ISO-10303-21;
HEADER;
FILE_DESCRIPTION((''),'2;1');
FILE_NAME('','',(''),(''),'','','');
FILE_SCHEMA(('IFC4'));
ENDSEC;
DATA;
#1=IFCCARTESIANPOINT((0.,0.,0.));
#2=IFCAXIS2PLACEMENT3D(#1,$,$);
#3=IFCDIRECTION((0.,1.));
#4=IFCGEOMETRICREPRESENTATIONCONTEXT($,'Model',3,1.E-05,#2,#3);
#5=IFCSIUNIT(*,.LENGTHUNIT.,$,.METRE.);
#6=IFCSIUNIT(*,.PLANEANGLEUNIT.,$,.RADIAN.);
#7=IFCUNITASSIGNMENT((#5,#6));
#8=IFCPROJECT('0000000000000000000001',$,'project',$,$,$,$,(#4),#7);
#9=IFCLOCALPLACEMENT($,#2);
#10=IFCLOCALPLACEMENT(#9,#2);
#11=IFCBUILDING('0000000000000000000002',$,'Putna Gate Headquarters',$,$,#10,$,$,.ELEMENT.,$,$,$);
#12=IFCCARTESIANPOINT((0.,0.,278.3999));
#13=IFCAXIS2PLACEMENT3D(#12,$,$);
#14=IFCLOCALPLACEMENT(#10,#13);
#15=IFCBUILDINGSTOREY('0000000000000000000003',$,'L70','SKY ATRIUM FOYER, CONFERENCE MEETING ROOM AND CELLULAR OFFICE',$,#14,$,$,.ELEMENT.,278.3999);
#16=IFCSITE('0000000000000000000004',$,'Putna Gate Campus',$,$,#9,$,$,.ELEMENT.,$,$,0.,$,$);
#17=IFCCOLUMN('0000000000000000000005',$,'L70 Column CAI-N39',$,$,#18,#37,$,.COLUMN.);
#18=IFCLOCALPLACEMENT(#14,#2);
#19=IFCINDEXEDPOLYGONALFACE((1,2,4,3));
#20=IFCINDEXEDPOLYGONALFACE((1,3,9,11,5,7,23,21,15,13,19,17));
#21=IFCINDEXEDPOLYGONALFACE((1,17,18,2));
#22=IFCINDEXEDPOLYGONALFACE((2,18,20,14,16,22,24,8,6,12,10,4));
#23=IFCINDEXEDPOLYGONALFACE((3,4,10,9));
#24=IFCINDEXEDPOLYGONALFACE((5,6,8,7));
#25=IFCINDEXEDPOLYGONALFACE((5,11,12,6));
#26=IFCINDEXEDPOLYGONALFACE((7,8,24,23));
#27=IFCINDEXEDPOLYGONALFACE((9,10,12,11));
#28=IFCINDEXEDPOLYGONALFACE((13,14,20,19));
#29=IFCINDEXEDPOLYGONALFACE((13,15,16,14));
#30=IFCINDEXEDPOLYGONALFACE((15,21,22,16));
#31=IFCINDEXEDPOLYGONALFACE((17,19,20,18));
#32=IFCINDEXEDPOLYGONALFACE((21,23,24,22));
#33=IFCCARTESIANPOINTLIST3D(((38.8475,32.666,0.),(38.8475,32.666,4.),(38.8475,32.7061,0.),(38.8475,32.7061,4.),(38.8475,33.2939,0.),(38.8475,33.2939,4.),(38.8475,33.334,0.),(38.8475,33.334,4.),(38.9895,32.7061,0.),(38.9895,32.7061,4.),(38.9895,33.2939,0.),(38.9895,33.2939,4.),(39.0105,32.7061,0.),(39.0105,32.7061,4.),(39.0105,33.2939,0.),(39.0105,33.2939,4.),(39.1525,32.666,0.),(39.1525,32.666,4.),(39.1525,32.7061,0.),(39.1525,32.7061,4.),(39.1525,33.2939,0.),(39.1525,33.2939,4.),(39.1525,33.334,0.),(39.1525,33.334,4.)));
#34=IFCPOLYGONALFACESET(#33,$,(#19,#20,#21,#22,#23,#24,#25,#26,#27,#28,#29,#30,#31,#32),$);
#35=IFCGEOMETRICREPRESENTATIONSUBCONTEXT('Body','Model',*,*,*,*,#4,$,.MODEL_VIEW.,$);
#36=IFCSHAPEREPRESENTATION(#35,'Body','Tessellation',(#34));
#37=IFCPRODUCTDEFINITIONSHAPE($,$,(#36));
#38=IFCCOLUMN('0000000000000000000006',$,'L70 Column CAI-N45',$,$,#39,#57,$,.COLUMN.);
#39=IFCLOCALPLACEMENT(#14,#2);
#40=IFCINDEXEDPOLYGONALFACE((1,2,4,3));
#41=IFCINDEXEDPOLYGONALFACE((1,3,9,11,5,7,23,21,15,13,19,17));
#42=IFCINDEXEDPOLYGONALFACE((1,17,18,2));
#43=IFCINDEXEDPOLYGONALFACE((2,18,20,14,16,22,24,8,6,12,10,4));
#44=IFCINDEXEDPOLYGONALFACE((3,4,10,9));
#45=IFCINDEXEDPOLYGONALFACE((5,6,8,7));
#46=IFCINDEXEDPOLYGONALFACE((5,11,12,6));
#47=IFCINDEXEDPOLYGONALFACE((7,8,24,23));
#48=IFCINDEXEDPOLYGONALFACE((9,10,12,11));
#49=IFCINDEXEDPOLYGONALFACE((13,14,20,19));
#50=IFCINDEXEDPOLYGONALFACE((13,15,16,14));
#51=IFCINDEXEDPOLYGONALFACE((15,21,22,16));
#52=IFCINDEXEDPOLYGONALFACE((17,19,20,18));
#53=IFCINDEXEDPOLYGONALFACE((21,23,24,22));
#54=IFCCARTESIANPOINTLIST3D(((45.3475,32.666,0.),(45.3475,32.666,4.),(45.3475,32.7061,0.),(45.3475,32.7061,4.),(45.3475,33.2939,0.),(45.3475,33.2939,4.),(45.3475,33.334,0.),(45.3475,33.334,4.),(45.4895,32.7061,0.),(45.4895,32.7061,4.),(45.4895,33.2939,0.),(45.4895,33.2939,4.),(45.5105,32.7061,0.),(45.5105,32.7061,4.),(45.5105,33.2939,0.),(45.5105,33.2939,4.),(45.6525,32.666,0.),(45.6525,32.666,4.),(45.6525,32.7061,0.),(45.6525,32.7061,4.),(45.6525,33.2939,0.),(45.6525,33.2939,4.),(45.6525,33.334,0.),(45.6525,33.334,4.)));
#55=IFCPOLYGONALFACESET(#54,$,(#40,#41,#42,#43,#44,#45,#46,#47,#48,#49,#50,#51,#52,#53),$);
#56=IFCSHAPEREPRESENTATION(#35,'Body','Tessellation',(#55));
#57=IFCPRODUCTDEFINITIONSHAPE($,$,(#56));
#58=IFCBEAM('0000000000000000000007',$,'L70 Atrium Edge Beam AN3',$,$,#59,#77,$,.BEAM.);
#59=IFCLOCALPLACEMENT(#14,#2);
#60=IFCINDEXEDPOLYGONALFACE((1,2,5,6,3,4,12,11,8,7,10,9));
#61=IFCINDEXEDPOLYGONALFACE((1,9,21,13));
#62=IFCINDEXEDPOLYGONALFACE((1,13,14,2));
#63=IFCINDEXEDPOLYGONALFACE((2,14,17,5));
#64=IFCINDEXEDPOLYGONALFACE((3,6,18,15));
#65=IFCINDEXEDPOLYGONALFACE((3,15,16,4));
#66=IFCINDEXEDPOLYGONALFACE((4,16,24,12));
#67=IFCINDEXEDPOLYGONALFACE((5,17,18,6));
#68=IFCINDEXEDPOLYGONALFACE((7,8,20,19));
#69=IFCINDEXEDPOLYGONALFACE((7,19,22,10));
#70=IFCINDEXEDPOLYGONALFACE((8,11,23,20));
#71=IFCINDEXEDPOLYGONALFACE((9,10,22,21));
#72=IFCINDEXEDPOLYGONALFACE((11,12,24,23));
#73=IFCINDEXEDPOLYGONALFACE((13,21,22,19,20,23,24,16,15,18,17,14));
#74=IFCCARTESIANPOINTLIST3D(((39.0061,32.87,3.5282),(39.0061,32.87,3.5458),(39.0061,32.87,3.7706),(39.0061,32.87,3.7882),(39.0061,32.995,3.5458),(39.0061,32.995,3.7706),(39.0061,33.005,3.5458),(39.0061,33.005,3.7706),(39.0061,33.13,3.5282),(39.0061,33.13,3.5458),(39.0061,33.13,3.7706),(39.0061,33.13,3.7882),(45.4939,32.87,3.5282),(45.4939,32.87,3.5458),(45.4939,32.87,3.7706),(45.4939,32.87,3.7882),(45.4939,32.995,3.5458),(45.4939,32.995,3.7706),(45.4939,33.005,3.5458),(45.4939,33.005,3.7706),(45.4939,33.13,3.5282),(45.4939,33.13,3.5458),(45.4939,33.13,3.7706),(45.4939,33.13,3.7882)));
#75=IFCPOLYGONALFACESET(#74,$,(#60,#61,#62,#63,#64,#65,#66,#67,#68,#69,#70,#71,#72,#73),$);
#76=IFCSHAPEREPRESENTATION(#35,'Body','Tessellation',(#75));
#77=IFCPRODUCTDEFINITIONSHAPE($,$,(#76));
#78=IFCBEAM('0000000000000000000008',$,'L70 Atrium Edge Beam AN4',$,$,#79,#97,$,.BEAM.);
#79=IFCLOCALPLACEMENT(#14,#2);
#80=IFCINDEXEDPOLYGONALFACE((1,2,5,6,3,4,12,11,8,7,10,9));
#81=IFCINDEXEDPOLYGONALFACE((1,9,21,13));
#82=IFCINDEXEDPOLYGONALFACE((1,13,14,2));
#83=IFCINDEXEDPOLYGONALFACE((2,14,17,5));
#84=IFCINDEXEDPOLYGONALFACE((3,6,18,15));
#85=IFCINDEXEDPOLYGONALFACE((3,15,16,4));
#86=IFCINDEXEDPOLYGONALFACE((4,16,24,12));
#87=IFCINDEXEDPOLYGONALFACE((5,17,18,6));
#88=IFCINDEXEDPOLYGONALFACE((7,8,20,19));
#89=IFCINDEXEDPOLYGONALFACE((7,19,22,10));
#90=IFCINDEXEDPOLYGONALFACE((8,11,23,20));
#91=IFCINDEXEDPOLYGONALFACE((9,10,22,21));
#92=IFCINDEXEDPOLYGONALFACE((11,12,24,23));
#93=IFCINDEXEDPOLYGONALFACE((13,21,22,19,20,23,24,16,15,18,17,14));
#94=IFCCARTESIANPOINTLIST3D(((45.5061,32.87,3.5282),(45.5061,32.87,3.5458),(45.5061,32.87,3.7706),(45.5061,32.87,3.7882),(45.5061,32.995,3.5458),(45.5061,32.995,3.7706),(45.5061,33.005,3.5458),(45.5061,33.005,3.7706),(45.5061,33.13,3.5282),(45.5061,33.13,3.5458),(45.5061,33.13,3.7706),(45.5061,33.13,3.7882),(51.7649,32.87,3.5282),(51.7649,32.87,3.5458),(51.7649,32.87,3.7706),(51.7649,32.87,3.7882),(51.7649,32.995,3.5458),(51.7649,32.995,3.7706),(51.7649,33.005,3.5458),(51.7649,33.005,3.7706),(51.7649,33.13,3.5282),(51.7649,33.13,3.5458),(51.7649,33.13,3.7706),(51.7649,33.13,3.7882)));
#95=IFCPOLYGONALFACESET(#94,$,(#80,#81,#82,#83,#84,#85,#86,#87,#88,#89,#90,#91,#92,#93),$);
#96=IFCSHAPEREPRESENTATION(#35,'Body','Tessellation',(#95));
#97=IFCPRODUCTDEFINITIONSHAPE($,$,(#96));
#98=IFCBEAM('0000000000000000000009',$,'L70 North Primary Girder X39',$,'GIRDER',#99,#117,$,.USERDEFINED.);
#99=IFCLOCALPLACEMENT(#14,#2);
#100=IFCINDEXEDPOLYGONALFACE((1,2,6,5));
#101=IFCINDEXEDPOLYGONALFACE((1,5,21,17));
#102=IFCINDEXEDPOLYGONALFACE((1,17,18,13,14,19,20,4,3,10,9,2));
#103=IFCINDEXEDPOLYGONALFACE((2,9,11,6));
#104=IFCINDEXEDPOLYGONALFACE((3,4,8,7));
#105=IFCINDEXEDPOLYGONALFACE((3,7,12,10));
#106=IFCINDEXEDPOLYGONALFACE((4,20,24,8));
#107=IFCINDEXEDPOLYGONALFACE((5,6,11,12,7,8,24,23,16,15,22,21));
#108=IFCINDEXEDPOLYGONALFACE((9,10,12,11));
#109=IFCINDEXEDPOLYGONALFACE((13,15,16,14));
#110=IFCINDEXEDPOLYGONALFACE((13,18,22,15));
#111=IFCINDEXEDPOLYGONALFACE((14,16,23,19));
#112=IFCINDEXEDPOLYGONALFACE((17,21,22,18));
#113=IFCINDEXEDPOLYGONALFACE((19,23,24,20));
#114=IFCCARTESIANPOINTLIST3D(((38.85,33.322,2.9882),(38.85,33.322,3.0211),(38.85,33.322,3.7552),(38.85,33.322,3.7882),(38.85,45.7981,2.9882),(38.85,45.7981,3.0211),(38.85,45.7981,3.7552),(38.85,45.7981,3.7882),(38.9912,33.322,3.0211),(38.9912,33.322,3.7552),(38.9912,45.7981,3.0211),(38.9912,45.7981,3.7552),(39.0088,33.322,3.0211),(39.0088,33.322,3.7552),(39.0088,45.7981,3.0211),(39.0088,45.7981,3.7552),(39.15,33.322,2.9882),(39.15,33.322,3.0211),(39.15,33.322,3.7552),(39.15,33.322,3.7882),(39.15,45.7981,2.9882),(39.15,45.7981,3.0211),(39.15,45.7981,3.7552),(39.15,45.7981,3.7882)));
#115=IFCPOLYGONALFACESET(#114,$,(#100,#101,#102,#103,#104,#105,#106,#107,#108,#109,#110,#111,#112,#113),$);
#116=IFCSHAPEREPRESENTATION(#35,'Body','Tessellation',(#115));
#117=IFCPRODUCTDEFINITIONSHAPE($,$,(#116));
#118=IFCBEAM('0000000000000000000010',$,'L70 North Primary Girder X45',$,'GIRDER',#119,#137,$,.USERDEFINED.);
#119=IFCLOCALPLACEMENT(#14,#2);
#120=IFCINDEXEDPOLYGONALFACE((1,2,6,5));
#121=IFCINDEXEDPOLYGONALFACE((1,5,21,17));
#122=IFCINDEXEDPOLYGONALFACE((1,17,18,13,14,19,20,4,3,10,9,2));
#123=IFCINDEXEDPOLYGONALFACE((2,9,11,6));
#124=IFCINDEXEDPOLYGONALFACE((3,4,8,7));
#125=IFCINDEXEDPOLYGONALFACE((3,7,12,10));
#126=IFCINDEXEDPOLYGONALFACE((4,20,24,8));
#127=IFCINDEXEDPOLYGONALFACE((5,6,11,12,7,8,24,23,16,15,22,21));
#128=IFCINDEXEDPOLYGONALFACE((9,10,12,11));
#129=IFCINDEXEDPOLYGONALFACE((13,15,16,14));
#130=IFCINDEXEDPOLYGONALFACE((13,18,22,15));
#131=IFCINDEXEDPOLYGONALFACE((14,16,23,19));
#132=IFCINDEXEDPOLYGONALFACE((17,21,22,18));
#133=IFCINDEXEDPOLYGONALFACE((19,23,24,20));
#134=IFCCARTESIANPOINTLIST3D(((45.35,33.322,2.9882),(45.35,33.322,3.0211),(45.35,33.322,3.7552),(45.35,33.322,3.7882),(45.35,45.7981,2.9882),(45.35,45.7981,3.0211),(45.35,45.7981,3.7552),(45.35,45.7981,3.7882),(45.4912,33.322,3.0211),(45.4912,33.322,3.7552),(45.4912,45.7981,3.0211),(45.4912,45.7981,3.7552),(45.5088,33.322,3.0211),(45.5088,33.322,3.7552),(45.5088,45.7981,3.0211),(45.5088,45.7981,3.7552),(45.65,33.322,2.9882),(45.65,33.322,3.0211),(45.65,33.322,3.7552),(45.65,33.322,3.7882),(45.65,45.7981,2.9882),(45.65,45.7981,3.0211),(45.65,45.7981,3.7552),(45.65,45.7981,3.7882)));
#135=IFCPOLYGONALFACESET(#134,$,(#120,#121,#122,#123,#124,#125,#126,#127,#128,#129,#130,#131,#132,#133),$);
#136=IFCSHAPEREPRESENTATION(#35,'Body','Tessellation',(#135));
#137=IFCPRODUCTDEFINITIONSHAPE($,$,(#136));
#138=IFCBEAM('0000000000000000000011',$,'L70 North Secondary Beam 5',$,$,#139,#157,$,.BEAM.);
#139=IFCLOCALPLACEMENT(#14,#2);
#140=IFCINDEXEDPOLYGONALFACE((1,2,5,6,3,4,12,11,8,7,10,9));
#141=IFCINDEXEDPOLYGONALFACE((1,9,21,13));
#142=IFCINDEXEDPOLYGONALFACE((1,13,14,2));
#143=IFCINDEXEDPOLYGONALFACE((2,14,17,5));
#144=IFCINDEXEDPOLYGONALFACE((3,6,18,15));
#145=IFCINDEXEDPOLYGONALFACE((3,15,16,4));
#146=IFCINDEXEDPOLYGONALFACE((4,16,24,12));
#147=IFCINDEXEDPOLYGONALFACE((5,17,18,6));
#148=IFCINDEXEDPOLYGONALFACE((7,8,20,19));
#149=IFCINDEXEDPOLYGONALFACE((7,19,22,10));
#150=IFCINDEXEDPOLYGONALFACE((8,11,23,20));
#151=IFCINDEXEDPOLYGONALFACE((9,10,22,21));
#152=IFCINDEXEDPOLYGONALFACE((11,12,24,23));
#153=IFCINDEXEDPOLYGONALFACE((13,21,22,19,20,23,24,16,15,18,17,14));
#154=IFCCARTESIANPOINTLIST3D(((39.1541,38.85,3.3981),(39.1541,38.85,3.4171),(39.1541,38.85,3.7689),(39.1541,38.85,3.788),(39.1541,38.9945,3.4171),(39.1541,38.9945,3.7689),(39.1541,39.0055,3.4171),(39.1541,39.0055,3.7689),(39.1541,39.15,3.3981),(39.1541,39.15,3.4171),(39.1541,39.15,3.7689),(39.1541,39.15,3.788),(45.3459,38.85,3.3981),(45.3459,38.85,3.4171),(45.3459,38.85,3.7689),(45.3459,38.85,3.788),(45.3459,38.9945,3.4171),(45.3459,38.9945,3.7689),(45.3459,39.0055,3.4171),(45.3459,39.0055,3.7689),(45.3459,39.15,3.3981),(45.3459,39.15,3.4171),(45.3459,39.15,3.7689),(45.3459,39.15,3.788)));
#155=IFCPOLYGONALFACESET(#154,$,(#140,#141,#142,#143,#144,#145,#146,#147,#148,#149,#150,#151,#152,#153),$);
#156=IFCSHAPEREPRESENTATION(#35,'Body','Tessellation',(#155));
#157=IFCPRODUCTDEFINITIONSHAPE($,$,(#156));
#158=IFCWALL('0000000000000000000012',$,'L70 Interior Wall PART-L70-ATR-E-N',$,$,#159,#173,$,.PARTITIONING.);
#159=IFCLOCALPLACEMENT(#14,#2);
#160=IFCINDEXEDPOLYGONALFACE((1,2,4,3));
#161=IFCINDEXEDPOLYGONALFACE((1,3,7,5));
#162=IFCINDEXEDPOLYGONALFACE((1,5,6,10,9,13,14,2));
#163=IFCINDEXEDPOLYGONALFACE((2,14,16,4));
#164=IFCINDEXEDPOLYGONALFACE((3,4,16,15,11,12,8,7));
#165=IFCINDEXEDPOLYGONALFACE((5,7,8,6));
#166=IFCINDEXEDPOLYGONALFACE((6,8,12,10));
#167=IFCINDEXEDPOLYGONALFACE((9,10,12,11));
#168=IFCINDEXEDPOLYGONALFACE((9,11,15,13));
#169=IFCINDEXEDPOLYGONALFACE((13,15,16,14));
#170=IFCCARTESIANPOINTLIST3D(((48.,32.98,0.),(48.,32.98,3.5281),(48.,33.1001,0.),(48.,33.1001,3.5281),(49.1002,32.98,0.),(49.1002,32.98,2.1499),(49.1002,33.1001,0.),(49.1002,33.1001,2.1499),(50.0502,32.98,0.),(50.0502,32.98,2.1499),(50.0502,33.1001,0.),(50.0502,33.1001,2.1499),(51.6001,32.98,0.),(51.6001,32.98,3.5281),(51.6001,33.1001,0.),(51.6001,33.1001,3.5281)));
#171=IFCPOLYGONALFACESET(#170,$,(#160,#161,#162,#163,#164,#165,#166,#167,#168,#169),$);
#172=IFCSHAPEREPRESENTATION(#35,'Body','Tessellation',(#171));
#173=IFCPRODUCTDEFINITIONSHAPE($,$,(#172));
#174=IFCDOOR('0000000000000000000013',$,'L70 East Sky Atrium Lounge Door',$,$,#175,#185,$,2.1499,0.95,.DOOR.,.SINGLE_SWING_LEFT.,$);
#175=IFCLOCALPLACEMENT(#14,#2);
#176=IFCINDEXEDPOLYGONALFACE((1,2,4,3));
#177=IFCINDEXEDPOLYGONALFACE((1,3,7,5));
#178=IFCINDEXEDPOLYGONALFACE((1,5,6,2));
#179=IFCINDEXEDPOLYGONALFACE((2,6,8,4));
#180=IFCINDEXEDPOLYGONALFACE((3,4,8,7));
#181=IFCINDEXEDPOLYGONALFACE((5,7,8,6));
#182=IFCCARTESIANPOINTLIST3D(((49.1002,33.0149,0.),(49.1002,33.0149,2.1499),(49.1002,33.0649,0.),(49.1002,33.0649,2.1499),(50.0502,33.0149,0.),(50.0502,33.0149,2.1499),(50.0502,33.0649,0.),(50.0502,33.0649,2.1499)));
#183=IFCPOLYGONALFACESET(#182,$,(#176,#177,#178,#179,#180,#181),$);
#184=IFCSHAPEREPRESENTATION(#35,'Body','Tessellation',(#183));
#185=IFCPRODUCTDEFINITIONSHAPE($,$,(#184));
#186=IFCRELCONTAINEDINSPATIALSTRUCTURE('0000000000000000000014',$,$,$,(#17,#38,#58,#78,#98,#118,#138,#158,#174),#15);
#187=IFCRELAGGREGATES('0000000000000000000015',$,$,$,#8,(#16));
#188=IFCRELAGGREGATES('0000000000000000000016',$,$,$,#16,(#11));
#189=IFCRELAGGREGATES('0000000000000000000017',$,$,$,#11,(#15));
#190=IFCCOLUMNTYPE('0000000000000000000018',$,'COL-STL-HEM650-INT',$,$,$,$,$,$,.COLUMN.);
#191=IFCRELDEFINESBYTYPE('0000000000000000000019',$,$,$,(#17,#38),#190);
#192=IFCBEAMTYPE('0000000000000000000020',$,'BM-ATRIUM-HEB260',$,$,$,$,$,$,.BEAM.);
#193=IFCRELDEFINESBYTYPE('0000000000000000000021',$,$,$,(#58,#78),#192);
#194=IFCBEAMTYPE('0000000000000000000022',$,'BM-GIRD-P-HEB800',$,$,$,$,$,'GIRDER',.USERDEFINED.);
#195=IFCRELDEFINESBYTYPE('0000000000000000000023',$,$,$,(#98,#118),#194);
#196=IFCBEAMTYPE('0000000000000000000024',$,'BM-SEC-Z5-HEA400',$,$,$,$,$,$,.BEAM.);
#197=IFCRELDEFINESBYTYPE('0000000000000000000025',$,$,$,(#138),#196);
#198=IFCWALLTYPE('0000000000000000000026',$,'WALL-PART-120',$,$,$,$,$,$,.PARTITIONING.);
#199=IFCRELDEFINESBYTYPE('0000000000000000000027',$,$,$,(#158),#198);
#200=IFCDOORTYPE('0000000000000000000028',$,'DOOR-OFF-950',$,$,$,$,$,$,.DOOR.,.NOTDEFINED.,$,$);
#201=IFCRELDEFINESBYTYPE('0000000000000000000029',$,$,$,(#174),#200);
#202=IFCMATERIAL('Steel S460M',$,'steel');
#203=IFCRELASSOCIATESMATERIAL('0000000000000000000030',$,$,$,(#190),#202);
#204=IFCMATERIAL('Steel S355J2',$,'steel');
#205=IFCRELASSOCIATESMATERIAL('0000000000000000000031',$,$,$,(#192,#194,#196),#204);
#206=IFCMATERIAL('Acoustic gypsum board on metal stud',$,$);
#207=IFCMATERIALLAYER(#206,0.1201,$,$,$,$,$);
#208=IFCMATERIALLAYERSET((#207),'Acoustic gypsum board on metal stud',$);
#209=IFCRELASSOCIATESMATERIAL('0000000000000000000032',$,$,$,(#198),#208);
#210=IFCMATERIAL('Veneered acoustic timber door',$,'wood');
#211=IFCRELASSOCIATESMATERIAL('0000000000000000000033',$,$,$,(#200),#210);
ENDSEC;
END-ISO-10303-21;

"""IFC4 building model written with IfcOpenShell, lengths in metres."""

from ifc_helpers import new_model, si_unit, direction, frame, frame_2d, origin, origin_2d, place, context, subcontext, project, spatial, rectangle, i_section, extrude, material, layer, layer_set, material_profile, profile_set, type_object, element, fill, save


model = new_model("IFC4")

# Units and contexts
model_context = context("Model", 3, precision=1e-05, world=origin(), true_north=direction((0.0, 1.0)))
body_context = subcontext(model_context, "Body", "Model", "MODEL_VIEW")
ifc_project = project(units=[si_unit("LENGTHUNIT", "METRE"), si_unit("PLANEANGLEUNIT", "RADIAN")], contexts=[model_context])

# Site, building, storey
site_placement = place(None, origin())
site = spatial("IfcSite", under=ifc_project, at=site_placement, Name="Putna Gate Campus", CompositionType="ELEMENT", RefElevation=0.0)
building_placement = place(site_placement, origin())
building = spatial("IfcBuilding", under=site, at=building_placement, Name="Putna Gate Headquarters", CompositionType="ELEMENT")
storey_placement = place(building_placement, frame((0.0, 0.0, 278.3999)))
storey = spatial("IfcBuildingStorey", under=building, at=storey_placement, Name="L70", Description="SKY ATRIUM FOYER, CONFERENCE MEETING ROOM AND CELLULAR OFFICE", CompositionType="ELEMENT", Elevation=278.3999)

# Columns
ifc_material_1 = material(Name="Steel S460M", Category="steel")
ifc_material_profile_1 = material_profile(ifc_material_1, i_section(OverallWidth=0.3049, OverallDepth=0.668, WebThickness=0.021, FlangeThickness=0.04, at=origin_2d()), Name="Steel S460M")
ifc_profile_set_1 = profile_set([ifc_material_profile_1], Name="Steel S460M")
column_type = type_object("IfcColumnType", Name="COL-STL-HEM650-INT", PredefinedType="COLUMN", material=ifc_profile_set_1)
for number, where, z_axis, x_axis, name in (
    (1, (39.0, 33.0, 0.0), (0.0, 0.0, 1.0), (1.0, 0.0, 0.0), "L70 Column CAI-N39"),
    (2, (45.5, 33.0, 0.0), (0.0, 0.0, 1.0), (1.0, 0.0, 0.0), "L70 Column CAI-N45"),
):
    element("IfcColumn", number, at=place(storey_placement, frame(where, z_axis=z_axis, x_axis=x_axis)), inside=storey, type_object=column_type, Name=name, PredefinedType="COLUMN", context=body_context, shape_type="SweptSolid", body=[
        extrude(i_section(OverallWidth=0.3049, OverallDepth=0.668, WebThickness=0.021, FlangeThickness=0.04, at=origin_2d()), origin(), (0.0, 0.0, 1.0), 4.0),
    ])

# Beams
ifc_material_2 = material(Name="Steel S355J2", Category="steel")
ifc_material_profile_2 = material_profile(ifc_material_2, i_section(OverallWidth=0.26, OverallDepth=0.26, WebThickness=0.01, FlangeThickness=0.0176, at=origin_2d()), Name="Steel S355J2")
ifc_profile_set_2 = profile_set([ifc_material_profile_2], Name="Steel S355J2")
beam_type_1 = type_object("IfcBeamType", Name="BM-ATRIUM-HEB260", PredefinedType="BEAM", material=ifc_profile_set_2)
beam_1_placement = place(storey_placement, frame((39.0061, 33.0, 3.6582), z_axis=(1.0, 0.0, 0.0), x_axis=(0.0, 1.0, 0.0)))
element("IfcBeam", 3, at=beam_1_placement, inside=storey, type_object=beam_type_1, Name="L70 Atrium Edge Beam AN3", PredefinedType="BEAM", context=body_context, shape_type="SweptSolid", body=[
    extrude(i_section(OverallWidth=0.26, OverallDepth=0.26, WebThickness=0.01, FlangeThickness=0.0176, at=origin_2d()), origin(), (0.0, 0.0, 1.0), 6.4878),
])
beam_2_placement = place(storey_placement, frame((45.5061, 33.0, 3.6582), z_axis=(1.0, 0.0, 0.0), x_axis=(0.0, 1.0, 0.0)))
element("IfcBeam", 4, at=beam_2_placement, inside=storey, type_object=beam_type_1, Name="L70 Atrium Edge Beam AN4", PredefinedType="BEAM", context=body_context, shape_type="SweptSolid", body=[
    extrude(i_section(OverallWidth=0.26, OverallDepth=0.26, WebThickness=0.01, FlangeThickness=0.0176, at=origin_2d()), origin(), (0.0, 0.0, 1.0), 6.2588),
])
ifc_material_profile_3 = material_profile(ifc_material_2, i_section(OverallWidth=0.3, OverallDepth=0.8, WebThickness=0.0176, FlangeThickness=0.033, at=origin_2d()), Name="Steel S355J2")
ifc_profile_set_3 = profile_set([ifc_material_profile_3], Name="Steel S355J2")
beam_type_2 = type_object("IfcBeamType", Name="BM-GIRD-P-HEB800", ElementType="GIRDER", PredefinedType="USERDEFINED", material=ifc_profile_set_3)
for number, where, z_axis, x_axis, name in (
    (5, (39.0, 33.322, 3.3882), (0.0, 1.0, 0.0), (-1.0, 0.0, 0.0), "L70 North Primary Girder X39"),
    (6, (45.5, 33.322, 3.3882), (0.0, 1.0, 0.0), (-1.0, 0.0, 0.0), "L70 North Primary Girder X45"),
):
    element("IfcBeam", number, at=place(storey_placement, frame(where, z_axis=z_axis, x_axis=x_axis)), inside=storey, type_object=beam_type_2, Name=name, ObjectType="GIRDER", PredefinedType="USERDEFINED", context=body_context, shape_type="SweptSolid", body=[
        extrude(i_section(OverallWidth=0.3, OverallDepth=0.8, WebThickness=0.0176, FlangeThickness=0.033, at=origin_2d()), origin(), (0.0, 0.0, 1.0), 12.4761),
    ])
ifc_material_profile_4 = material_profile(ifc_material_2, i_section(OverallWidth=0.3, OverallDepth=0.3899, WebThickness=0.011, FlangeThickness=0.019, at=origin_2d()), Name="Steel S355J2")
ifc_profile_set_4 = profile_set([ifc_material_profile_4], Name="Steel S355J2")
beam_type_3 = type_object("IfcBeamType", Name="BM-SEC-Z5-HEA400", PredefinedType="BEAM", material=ifc_profile_set_4)
beam_3_placement = place(storey_placement, frame((39.1541, 39.0, 3.593), z_axis=(1.0, 0.0, 0.0), x_axis=(0.0, 1.0, 0.0)))
element("IfcBeam", 7, at=beam_3_placement, inside=storey, type_object=beam_type_3, Name="L70 North Secondary Beam 5", PredefinedType="BEAM", context=body_context, shape_type="SweptSolid", body=[
    extrude(i_section(OverallWidth=0.3, OverallDepth=0.3899, WebThickness=0.011, FlangeThickness=0.019, at=origin_2d()), origin(), (0.0, 0.0, 1.0), 6.1919),
])

# Wall, opening, door
ifc_material_3 = material(Name="Acoustic gypsum board on metal stud")
ifc_layer_1 = layer(ifc_material_3, 0.1201)
ifc_layer_set_1 = layer_set([ifc_layer_1], Name="Acoustic gypsum board on metal stud")
wall_type_1 = type_object("IfcWallType", Name="WALL-PART-120", PredefinedType="PARTITIONING", material=ifc_layer_set_1)
wall_1_placement = place(storey_placement, frame((48.0, 33.04, 0.0), z_axis=(0.0, 0.0, 1.0), x_axis=(1.0, 0.0, 0.0)))
wall_1 = element("IfcWall", 8, at=wall_1_placement, inside=storey, type_object=wall_type_1, Name="L70 Interior Wall PART-L70-ATR-E-N", PredefinedType="PARTITIONING", context=body_context, shape_type="SweptSolid", body=[
    extrude(rectangle(XDim=3.6001, YDim=0.1201, at=frame_2d((1.8, 0.0))), origin(), (0.0, 0.0, 1.0), 3.5281),
])
opening_1_placement = place(wall_1_placement, frame((1.1001, 0.0, 0.0)))
opening_1 = element("IfcOpeningElement", 9, at=opening_1_placement, cuts=wall_1, PredefinedType="OPENING", context=body_context, shape_type="SweptSolid", body=[
    extrude(rectangle(XDim=0.95, YDim=2.1499, at=frame_2d((0.4751, 1.075))), frame((0.0, 0.0701, 0.0), z_axis=(0.0, -1.0, 0.0), x_axis=(1.0, 0.0, 0.0)), (0.0, 0.0, 1.0), 0.1401),
])
ifc_material_4 = material(Name="Veneered acoustic timber door", Category="wood")
door_type_1 = type_object("IfcDoorType", Name="DOOR-OFF-950", OperationType="NOTDEFINED", PredefinedType="DOOR", material=ifc_material_4)
door_1_placement = place(opening_1_placement, origin())
door_1 = element("IfcDoor", 10, at=door_1_placement, inside=storey, type_object=door_type_1, Name="L70 East Sky Atrium Lounge Door", OperationType="SINGLE_SWING_LEFT", OverallHeight=2.1499, OverallWidth=0.95, PredefinedType="DOOR", context=body_context, shape_type="SweptSolid", body=[
    extrude(rectangle(XDim=0.95, YDim=2.1499, at=frame_2d((0.4751, 1.075))), frame((0.0, 0.0249, 0.0), z_axis=(0.0, -1.0, 0.0), x_axis=(1.0, 0.0, 0.0)), (0.0, 0.0, 1.0), 0.05),
])
fill(opening_1, door_1)

save(model, "model.ifc")
